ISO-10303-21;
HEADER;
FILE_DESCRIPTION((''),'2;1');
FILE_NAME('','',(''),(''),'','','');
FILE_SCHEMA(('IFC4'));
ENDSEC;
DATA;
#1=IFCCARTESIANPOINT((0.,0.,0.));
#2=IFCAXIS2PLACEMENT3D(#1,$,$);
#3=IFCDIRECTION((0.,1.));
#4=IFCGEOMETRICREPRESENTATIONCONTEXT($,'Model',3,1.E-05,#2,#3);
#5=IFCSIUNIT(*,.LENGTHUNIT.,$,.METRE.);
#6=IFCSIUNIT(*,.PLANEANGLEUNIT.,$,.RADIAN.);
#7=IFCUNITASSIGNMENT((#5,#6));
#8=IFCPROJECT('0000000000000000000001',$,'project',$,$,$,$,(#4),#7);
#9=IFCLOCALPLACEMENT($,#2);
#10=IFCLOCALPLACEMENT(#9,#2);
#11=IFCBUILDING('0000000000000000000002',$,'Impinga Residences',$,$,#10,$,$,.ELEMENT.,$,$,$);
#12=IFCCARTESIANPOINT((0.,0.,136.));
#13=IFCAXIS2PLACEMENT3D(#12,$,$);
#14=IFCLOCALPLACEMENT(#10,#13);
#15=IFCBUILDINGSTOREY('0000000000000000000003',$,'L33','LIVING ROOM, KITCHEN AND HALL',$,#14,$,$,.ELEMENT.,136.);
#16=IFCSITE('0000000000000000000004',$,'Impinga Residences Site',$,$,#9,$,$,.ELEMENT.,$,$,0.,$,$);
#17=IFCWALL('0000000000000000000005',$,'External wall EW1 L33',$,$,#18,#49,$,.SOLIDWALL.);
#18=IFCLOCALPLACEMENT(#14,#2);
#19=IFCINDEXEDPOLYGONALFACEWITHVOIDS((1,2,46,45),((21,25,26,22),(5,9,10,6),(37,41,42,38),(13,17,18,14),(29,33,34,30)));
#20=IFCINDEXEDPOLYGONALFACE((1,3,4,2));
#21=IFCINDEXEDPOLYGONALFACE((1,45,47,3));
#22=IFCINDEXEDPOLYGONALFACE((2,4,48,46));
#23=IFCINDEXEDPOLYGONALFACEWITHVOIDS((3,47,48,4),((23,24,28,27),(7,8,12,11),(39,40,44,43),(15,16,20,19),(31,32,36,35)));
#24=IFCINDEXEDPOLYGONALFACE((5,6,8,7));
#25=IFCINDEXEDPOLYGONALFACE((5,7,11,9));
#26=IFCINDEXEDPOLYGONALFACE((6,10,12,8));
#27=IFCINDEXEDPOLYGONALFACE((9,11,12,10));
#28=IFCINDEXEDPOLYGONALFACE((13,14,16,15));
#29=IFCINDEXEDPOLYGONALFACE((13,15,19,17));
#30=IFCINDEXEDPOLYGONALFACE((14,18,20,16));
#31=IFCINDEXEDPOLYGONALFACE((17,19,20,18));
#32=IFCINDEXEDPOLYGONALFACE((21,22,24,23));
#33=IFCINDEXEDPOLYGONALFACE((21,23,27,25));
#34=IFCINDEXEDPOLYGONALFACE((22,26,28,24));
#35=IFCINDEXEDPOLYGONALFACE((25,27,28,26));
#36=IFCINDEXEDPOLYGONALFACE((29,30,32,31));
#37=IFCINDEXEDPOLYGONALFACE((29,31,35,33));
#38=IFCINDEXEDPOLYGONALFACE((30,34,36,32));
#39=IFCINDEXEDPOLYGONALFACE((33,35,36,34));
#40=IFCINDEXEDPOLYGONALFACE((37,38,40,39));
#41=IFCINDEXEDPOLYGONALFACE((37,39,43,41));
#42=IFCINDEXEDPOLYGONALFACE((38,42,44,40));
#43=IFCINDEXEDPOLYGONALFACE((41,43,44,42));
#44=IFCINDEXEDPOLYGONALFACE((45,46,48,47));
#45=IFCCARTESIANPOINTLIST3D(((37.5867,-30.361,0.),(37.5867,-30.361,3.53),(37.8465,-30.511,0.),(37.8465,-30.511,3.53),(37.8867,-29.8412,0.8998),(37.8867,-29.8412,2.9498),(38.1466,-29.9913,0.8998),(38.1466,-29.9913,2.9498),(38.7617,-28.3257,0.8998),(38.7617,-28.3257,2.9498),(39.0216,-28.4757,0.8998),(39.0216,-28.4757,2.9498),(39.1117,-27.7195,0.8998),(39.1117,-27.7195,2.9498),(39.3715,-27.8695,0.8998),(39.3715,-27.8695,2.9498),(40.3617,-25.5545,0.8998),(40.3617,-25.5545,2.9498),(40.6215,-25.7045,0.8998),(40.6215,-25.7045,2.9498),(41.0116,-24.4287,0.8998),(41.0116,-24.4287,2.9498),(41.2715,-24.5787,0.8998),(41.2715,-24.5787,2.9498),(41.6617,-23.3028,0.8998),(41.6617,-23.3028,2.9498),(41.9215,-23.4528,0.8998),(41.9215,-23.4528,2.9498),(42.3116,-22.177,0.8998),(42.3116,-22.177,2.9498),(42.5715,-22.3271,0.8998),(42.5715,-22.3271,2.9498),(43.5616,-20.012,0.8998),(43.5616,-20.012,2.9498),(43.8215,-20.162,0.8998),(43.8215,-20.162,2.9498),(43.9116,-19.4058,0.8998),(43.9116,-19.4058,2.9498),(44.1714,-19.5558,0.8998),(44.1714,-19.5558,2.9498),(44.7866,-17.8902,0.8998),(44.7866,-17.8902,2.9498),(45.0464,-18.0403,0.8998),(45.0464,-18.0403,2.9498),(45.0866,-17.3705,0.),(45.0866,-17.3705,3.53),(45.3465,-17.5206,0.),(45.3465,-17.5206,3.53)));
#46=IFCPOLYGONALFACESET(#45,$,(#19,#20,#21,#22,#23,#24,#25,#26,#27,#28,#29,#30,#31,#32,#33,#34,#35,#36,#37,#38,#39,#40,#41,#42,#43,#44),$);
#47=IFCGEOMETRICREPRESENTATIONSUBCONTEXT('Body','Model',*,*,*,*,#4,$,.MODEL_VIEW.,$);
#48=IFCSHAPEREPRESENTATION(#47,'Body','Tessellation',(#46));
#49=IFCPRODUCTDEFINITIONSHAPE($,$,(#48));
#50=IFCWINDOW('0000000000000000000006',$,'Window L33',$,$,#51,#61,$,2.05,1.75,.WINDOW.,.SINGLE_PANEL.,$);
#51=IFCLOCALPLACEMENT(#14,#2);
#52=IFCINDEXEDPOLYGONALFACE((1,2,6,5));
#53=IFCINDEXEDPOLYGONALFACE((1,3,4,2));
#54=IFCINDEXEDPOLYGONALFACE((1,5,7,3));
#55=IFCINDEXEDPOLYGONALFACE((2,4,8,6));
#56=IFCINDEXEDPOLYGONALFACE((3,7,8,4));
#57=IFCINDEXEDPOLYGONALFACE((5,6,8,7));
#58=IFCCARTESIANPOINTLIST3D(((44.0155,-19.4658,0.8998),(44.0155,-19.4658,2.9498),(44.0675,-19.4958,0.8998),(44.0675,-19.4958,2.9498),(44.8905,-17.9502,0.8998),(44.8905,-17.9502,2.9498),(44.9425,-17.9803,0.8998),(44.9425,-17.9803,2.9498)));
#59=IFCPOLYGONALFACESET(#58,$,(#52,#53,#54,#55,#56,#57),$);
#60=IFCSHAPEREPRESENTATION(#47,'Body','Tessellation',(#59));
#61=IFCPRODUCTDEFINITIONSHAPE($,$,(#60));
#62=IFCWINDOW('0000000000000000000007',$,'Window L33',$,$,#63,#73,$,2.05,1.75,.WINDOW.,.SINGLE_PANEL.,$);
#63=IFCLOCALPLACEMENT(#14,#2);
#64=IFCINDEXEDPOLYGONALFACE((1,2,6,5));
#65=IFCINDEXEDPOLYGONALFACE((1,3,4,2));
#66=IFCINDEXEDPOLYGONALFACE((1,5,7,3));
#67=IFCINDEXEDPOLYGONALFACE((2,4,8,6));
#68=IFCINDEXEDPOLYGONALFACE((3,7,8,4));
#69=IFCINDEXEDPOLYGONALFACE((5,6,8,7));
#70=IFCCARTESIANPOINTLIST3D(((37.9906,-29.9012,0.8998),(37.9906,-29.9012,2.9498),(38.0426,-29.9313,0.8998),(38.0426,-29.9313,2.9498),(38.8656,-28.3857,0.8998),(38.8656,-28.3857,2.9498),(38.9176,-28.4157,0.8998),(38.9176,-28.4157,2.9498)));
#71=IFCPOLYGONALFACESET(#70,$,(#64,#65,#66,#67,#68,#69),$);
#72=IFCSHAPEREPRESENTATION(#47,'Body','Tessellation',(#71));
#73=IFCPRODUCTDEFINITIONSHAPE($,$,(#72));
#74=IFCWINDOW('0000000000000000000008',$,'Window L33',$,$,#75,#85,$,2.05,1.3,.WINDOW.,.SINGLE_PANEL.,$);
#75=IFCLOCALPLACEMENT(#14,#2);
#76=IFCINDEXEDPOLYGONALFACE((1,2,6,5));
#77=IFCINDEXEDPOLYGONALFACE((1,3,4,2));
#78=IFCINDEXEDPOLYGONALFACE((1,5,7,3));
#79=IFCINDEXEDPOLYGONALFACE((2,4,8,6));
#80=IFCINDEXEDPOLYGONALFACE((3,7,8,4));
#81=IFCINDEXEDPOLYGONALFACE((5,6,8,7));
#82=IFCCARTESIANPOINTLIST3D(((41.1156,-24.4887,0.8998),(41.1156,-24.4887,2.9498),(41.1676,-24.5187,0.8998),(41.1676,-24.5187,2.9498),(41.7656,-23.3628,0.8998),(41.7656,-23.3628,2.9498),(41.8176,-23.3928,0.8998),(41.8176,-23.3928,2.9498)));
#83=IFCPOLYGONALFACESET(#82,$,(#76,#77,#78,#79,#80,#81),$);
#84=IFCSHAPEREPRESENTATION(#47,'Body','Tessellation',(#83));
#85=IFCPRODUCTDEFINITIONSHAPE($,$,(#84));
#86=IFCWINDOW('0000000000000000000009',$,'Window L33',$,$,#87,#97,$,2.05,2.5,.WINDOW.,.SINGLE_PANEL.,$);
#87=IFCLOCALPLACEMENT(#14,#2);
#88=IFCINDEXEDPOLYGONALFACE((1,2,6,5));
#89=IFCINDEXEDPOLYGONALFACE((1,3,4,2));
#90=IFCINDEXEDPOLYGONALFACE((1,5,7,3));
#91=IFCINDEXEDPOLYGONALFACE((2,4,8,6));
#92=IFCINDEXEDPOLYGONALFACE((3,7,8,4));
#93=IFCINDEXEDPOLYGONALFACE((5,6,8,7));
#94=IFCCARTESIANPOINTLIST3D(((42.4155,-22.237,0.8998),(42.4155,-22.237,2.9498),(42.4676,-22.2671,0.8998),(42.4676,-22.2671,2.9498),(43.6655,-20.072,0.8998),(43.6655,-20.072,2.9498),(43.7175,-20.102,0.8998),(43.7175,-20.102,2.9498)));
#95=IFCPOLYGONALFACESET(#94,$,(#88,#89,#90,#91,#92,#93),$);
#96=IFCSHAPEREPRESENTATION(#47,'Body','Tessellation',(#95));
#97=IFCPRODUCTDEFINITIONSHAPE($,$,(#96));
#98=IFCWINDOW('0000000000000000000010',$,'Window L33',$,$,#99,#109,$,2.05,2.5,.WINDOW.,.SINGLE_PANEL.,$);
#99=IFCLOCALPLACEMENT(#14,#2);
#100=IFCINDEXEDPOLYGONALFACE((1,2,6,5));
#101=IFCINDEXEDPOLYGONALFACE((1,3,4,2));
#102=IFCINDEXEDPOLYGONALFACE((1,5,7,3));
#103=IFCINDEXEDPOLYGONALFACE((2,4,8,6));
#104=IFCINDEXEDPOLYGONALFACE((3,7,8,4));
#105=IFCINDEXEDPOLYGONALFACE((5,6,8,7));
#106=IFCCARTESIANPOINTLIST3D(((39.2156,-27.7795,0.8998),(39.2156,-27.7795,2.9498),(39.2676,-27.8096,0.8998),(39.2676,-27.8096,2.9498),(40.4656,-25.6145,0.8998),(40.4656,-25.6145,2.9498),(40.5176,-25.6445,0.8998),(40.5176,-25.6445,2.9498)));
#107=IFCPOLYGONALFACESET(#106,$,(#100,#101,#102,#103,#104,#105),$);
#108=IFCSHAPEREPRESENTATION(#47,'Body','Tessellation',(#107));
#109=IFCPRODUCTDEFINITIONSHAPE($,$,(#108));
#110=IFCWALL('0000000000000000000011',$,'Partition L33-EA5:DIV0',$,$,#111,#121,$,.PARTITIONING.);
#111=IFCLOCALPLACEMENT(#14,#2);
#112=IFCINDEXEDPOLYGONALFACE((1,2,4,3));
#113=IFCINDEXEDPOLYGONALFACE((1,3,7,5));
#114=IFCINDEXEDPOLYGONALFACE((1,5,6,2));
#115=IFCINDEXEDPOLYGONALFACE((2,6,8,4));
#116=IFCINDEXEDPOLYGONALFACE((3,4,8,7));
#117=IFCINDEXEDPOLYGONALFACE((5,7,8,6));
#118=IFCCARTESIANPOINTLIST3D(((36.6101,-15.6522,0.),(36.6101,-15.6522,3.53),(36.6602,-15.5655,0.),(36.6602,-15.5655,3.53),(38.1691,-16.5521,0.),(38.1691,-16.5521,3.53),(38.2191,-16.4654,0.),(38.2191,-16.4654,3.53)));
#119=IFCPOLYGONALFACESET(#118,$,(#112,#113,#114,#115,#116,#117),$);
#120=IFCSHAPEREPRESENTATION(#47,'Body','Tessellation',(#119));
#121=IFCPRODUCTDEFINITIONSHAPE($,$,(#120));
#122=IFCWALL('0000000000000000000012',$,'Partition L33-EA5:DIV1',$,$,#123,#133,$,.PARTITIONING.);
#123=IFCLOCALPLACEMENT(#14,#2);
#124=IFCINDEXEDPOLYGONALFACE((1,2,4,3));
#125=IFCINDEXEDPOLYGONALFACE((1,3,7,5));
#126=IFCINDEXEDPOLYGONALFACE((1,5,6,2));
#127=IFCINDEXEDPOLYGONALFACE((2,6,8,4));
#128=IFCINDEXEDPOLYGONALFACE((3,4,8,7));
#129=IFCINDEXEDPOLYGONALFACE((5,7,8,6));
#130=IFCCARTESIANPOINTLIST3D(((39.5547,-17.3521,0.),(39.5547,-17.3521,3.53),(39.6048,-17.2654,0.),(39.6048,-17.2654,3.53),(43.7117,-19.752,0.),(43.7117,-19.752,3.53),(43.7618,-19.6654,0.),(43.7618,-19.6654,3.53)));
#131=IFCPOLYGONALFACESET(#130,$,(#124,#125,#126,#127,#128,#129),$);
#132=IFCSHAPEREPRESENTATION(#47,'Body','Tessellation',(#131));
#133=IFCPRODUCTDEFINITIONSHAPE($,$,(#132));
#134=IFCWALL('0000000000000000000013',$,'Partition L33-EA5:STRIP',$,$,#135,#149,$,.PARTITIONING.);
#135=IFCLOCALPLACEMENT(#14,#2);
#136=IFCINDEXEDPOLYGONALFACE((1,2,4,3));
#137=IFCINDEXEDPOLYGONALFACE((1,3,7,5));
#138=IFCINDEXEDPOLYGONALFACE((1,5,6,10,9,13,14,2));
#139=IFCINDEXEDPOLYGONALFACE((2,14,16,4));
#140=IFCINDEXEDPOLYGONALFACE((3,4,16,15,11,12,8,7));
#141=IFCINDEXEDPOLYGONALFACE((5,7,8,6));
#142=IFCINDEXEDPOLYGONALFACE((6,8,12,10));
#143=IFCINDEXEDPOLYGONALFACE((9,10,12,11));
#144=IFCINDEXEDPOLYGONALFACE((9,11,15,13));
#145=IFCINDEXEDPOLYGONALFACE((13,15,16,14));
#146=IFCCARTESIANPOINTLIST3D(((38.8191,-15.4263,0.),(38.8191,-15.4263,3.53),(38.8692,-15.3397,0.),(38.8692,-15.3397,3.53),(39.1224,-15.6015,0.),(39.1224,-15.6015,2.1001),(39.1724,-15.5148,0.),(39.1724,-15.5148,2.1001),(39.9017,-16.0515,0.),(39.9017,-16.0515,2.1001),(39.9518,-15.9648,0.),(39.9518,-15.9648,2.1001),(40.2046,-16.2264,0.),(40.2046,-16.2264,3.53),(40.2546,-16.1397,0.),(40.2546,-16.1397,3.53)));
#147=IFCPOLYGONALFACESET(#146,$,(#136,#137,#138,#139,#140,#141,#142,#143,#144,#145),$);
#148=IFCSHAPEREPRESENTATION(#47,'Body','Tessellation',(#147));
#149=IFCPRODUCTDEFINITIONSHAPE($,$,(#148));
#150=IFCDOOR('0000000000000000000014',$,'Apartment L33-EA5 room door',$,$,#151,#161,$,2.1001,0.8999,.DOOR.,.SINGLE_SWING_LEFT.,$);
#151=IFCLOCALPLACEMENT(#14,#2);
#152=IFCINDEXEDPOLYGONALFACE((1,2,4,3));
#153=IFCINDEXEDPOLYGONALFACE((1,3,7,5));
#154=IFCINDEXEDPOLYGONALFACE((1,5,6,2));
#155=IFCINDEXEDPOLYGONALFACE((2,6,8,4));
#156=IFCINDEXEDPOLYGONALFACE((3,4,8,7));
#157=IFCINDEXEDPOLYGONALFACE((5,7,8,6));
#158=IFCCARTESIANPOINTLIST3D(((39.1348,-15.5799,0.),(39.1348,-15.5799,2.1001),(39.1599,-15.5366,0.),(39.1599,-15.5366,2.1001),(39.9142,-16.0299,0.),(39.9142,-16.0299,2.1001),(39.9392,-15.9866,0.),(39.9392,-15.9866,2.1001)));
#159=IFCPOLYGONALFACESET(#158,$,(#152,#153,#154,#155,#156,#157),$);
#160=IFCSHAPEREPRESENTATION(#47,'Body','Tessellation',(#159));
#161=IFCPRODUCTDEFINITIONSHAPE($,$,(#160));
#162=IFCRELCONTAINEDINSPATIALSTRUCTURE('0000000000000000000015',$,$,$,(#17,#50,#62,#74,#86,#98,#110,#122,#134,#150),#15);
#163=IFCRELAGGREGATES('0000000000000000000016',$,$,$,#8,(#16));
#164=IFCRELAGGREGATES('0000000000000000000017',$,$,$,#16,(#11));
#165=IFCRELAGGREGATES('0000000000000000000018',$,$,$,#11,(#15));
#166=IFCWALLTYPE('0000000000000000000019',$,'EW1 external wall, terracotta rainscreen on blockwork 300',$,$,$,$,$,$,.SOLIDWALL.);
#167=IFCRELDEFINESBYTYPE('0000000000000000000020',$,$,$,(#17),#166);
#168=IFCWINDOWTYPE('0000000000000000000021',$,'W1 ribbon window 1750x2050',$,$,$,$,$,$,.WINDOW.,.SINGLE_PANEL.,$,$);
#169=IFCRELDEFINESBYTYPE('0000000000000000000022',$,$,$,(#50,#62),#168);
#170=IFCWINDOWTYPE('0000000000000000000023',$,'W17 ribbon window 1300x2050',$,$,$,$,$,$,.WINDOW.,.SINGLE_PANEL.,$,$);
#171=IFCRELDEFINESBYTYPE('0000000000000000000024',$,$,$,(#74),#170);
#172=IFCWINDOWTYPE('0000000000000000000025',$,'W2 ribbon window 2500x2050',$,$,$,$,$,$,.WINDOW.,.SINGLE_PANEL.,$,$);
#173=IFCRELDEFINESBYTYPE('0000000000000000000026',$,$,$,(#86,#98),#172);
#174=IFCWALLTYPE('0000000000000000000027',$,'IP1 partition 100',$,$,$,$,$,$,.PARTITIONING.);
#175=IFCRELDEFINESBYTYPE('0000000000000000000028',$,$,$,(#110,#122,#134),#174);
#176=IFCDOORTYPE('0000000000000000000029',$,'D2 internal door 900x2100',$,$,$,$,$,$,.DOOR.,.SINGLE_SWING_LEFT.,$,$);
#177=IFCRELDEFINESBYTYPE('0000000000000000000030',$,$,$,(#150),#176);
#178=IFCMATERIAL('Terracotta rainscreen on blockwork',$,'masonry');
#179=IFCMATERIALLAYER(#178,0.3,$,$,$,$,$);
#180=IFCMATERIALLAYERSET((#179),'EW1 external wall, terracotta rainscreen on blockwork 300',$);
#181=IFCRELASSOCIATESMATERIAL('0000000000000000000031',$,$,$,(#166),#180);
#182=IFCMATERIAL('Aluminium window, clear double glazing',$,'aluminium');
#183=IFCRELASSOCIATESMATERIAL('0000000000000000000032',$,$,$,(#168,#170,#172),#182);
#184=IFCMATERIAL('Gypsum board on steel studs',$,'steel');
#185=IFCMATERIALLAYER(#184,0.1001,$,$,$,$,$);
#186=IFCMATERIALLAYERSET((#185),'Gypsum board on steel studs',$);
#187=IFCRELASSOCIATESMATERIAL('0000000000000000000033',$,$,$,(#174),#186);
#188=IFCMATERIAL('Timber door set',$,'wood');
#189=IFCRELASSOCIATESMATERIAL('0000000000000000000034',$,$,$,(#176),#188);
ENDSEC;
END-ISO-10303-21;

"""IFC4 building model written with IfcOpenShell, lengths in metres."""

from ifc_helpers import new_model, si_unit, direction, frame, frame_2d, origin, place, context, subcontext, project, spatial, rectangle, extrude, material, layer, layer_set, type_object, element, fill, save


model = new_model("IFC4")

# Units and contexts
model_context = context("Model", 3, precision=1e-05, world=origin(), true_north=direction((0.0, 1.0)))
body_context = subcontext(model_context, "Body", "Model", "MODEL_VIEW")
ifc_project = project(units=[si_unit("LENGTHUNIT", "METRE"), si_unit("PLANEANGLEUNIT", "RADIAN")], contexts=[model_context])

# Site, building, storey
site_placement = place(None, origin())
site = spatial("IfcSite", under=ifc_project, at=site_placement, Name="Impinga Residences Site", CompositionType="ELEMENT", RefElevation=0.0)
building_placement = place(site_placement, origin())
building = spatial("IfcBuilding", under=site, at=building_placement, Name="Impinga Residences", CompositionType="ELEMENT")
storey_placement = place(building_placement, frame((0.0, 0.0, 136.0)))
storey = spatial("IfcBuildingStorey", under=building, at=storey_placement, Name="L33", Description="LIVING ROOM, KITCHEN AND HALL", CompositionType="ELEMENT", Elevation=136.0)

# Shared definitions
ifc_material_1 = material(Name="Terracotta rainscreen on blockwork", Category="masonry")
ifc_layer_1 = layer(ifc_material_1, 0.3)
ifc_layer_set_1 = layer_set([ifc_layer_1], Name="EW1 external wall, terracotta rainscreen on blockwork 300")
wall_type_1 = type_object("IfcWallType", Name="EW1 external wall, terracotta rainscreen on blockwork 300", PredefinedType="SOLIDWALL", material=ifc_layer_set_1)

# Wall, openings, windows
wall_1_placement = place(storey_placement, frame((45.2166, -17.4456, 0.0), z_axis=(0.0, 0.0, 1.0), x_axis=(-0.499997, -0.866027, 0.0)))
wall_1 = element("IfcWall", 1, at=wall_1_placement, inside=storey, type_object=wall_type_1, Name="External wall EW1 L33", PredefinedType="SOLIDWALL", context=body_context, shape_type="SweptSolid", body=[
    extrude(rectangle(XDim=15.0, YDim=0.3, at=frame_2d((7.5, 0.0))), origin(), (0.0, 0.0, 1.0), 3.53),
])
opening_1_placement = place(wall_1_placement, frame((0.6001, 0.0, 0.8999)))
opening_1 = element("IfcOpeningElement", 2, at=opening_1_placement, cuts=wall_1, PredefinedType="OPENING", context=body_context, shape_type="SweptSolid", body=[
    extrude(rectangle(XDim=1.75, YDim=2.05, at=frame_2d((0.875, 1.0249))), frame((0.0, 0.1599, 0.0), z_axis=(0.0, -1.0, 0.0), x_axis=(1.0, 0.0, 0.0)), (0.0, 0.0, 1.0), 0.3201),
])
opening_2_placement = place(wall_1_placement, frame((3.05, 0.0, 0.8999)))
opening_2 = element("IfcOpeningElement", 3, at=opening_2_placement, cuts=wall_1, PredefinedType="OPENING", context=body_context, shape_type="SweptSolid", body=[
    extrude(rectangle(XDim=2.5, YDim=2.05, at=frame_2d((1.25, 1.0249))), frame((0.0, 0.1599, 0.0), z_axis=(0.0, -1.0, 0.0), x_axis=(1.0, 0.0, 0.0)), (0.0, 0.0, 1.0), 0.3201),
])
opening_3_placement = place(wall_1_placement, frame((6.8501, 0.0, 0.8999)))
opening_3 = element("IfcOpeningElement", 4, at=opening_3_placement, cuts=wall_1, PredefinedType="OPENING", context=body_context, shape_type="SweptSolid", body=[
    extrude(rectangle(XDim=1.3, YDim=2.05, at=frame_2d((0.6499, 1.0249))), frame((0.0, 0.1599, 0.0), z_axis=(0.0, -1.0, 0.0), x_axis=(1.0, 0.0, 0.0)), (0.0, 0.0, 1.0), 0.3201),
])
opening_4_placement = place(wall_1_placement, frame((9.45, 0.0, 0.8999)))
opening_4 = element("IfcOpeningElement", 5, at=opening_4_placement, cuts=wall_1, PredefinedType="OPENING", context=body_context, shape_type="SweptSolid", body=[
    extrude(rectangle(XDim=2.5, YDim=2.05, at=frame_2d((1.25, 1.0249))), frame((0.0, 0.1599, 0.0), z_axis=(0.0, -1.0, 0.0), x_axis=(1.0, 0.0, 0.0)), (0.0, 0.0, 1.0), 0.3201),
])
opening_5_placement = place(wall_1_placement, frame((12.6499, 0.0, 0.8999)))
opening_5 = element("IfcOpeningElement", 6, at=opening_5_placement, cuts=wall_1, PredefinedType="OPENING", context=body_context, shape_type="SweptSolid", body=[
    extrude(rectangle(XDim=1.75, YDim=2.05, at=frame_2d((0.875, 1.0249))), frame((0.0, 0.1599, 0.0), z_axis=(0.0, -1.0, 0.0), x_axis=(1.0, 0.0, 0.0)), (0.0, 0.0, 1.0), 0.3201),
])
ifc_material_2 = material(Name="Aluminium window, clear double glazing", Category="aluminium")
window_type_1 = type_object("IfcWindowType", Name="W1 ribbon window 1750x2050", PartitioningType="SINGLE_PANEL", PredefinedType="WINDOW", material=ifc_material_2)
window_1_placement = place(opening_1_placement, origin())
window_1 = element("IfcWindow", 7, at=window_1_placement, inside=storey, type_object=window_type_1, Name="Window L33", OverallHeight=2.05, OverallWidth=1.75, PartitioningType="SINGLE_PANEL", PredefinedType="WINDOW", context=body_context, shape_type="SweptSolid", body=[
    extrude(rectangle(XDim=1.75, YDim=2.05, at=frame_2d((0.875, 1.0249))), frame((0.0, 0.03, 0.0), z_axis=(0.0, -1.0, 0.0), x_axis=(1.0, 0.0, 0.0)), (0.0, 0.0, 1.0), 0.0601),
])
fill(opening_1, window_1)
window_2_placement = place(opening_5_placement, origin())
window_2 = element("IfcWindow", 8, at=window_2_placement, inside=storey, type_object=window_type_1, Name="Window L33", OverallHeight=2.05, OverallWidth=1.75, PartitioningType="SINGLE_PANEL", PredefinedType="WINDOW", context=body_context, shape_type="SweptSolid", body=[
    extrude(rectangle(XDim=1.75, YDim=2.05, at=frame_2d((0.875, 1.0249))), frame((0.0, 0.03, 0.0), z_axis=(0.0, -1.0, 0.0), x_axis=(1.0, 0.0, 0.0)), (0.0, 0.0, 1.0), 0.0601),
])
fill(opening_5, window_2)
window_type_2 = type_object("IfcWindowType", Name="W17 ribbon window 1300x2050", PartitioningType="SINGLE_PANEL", PredefinedType="WINDOW", material=ifc_material_2)
window_3_placement = place(opening_3_placement, origin())
window_3 = element("IfcWindow", 9, at=window_3_placement, inside=storey, type_object=window_type_2, Name="Window L33", OverallHeight=2.05, OverallWidth=1.3, PartitioningType="SINGLE_PANEL", PredefinedType="WINDOW", context=body_context, shape_type="SweptSolid", body=[
    extrude(rectangle(XDim=1.3, YDim=2.05, at=frame_2d((0.6499, 1.0249))), frame((0.0, 0.03, 0.0), z_axis=(0.0, -1.0, 0.0), x_axis=(1.0, 0.0, 0.0)), (0.0, 0.0, 1.0), 0.0601),
])
fill(opening_3, window_3)
window_type_3 = type_object("IfcWindowType", Name="W2 ribbon window 2500x2050", PartitioningType="SINGLE_PANEL", PredefinedType="WINDOW", material=ifc_material_2)
window_4_placement = place(opening_2_placement, origin())
window_4 = element("IfcWindow", 10, at=window_4_placement, inside=storey, type_object=window_type_3, Name="Window L33", OverallHeight=2.05, OverallWidth=2.5, PartitioningType="SINGLE_PANEL", PredefinedType="WINDOW", context=body_context, shape_type="SweptSolid", body=[
    extrude(rectangle(XDim=2.5, YDim=2.05, at=frame_2d((1.25, 1.0249))), frame((0.0, 0.03, 0.0), z_axis=(0.0, -1.0, 0.0), x_axis=(1.0, 0.0, 0.0)), (0.0, 0.0, 1.0), 0.0601),
])
fill(opening_2, window_4)
window_5_placement = place(opening_4_placement, origin())
window_5 = element("IfcWindow", 11, at=window_5_placement, inside=storey, type_object=window_type_3, Name="Window L33", OverallHeight=2.05, OverallWidth=2.5, PartitioningType="SINGLE_PANEL", PredefinedType="WINDOW", context=body_context, shape_type="SweptSolid", body=[
    extrude(rectangle(XDim=2.5, YDim=2.05, at=frame_2d((1.25, 1.0249))), frame((0.0, 0.03, 0.0), z_axis=(0.0, -1.0, 0.0), x_axis=(1.0, 0.0, 0.0)), (0.0, 0.0, 1.0), 0.0601),
])
fill(opening_4, window_5)

# Walls
ifc_material_3 = material(Name="Gypsum board on steel studs", Category="steel")
ifc_layer_2 = layer(ifc_material_3, 0.1001)
ifc_layer_set_2 = layer_set([ifc_layer_2], Name="Gypsum board on steel studs")
wall_type_2 = type_object("IfcWallType", Name="IP1 partition 100", PredefinedType="PARTITIONING", material=ifc_layer_set_2)
wall_2_placement = place(storey_placement, frame((36.6353, -15.6089, 0.0), z_axis=(0.0, 0.0, 1.0), x_axis=(0.866048, -0.499961, 0.0)))
element("IfcWall", 12, at=wall_2_placement, inside=storey, type_object=wall_type_2, Name="Partition L33-EA5:DIV0", PredefinedType="PARTITIONING", context=body_context, shape_type="SweptSolid", body=[
    extrude(rectangle(XDim=1.8, YDim=0.1001, at=frame_2d((0.8999, 0.0))), origin(), (0.0, 0.0, 1.0), 3.53),
])
wall_3_placement = place(storey_placement, frame((39.5798, -17.3088, 0.0), z_axis=(0.0, 0.0, 1.0), x_axis=(0.866037, -0.499979, 0.0)))
element("IfcWall", 13, at=wall_3_placement, inside=storey, type_object=wall_type_2, Name="Partition L33-EA5:DIV1", PredefinedType="PARTITIONING", context=body_context, shape_type="SweptSolid", body=[
    extrude(rectangle(XDim=4.8, YDim=0.1001, at=frame_2d((2.3999, 0.0))), origin(), (0.0, 0.0, 1.0), 3.53),
])

# Wall, opening, door
wall_4_placement = place(storey_placement, frame((38.8442, -15.3831, 0.0), z_axis=(0.0, 0.0, 1.0), x_axis=(0.86599, -0.500061, 0.0)))
wall_4 = element("IfcWall", 14, at=wall_4_placement, inside=storey, type_object=wall_type_2, Name="Partition L33-EA5:STRIP", PredefinedType="PARTITIONING", context=body_context, shape_type="SweptSolid", body=[
    extrude(rectangle(XDim=1.5999, YDim=0.1001, at=frame_2d((0.7998, 0.0))), origin(), (0.0, 0.0, 1.0), 3.53),
])
opening_6_placement = place(wall_4_placement, frame((0.3501, 0.0, 0.0)))
opening_6 = element("IfcOpeningElement", 15, at=opening_6_placement, cuts=wall_4, PredefinedType="OPENING", context=body_context, shape_type="SweptSolid", body=[
    extrude(rectangle(XDim=0.8999, YDim=2.1001, at=frame_2d((0.45, 1.05))), frame((0.0, 0.0601, 0.0), z_axis=(0.0, -1.0, 0.0), x_axis=(1.0, 0.0, 0.0)), (0.0, 0.0, 1.0), 0.1201),
])
ifc_material_4 = material(Name="Timber door set", Category="wood")
door_type = type_object("IfcDoorType", Name="D2 internal door 900x2100", OperationType="SINGLE_SWING_LEFT", PredefinedType="DOOR", material=ifc_material_4)
door_placement = place(opening_6_placement, origin())
door = element("IfcDoor", 16, at=door_placement, inside=storey, type_object=door_type, Name="Apartment L33-EA5 room door", OperationType="SINGLE_SWING_LEFT", OverallHeight=2.1001, OverallWidth=0.8999, PredefinedType="DOOR", context=body_context, shape_type="SweptSolid", body=[
    extrude(rectangle(XDim=0.8999, YDim=2.1001, at=frame_2d((0.45, 1.05))), frame((0.0, 0.0249, 0.0), z_axis=(0.0, -1.0, 0.0), x_axis=(1.0, 0.0, 0.0)), (0.0, 0.0, 1.0), 0.05),
])
fill(opening_6, door)

save(model, "model.ifc")
